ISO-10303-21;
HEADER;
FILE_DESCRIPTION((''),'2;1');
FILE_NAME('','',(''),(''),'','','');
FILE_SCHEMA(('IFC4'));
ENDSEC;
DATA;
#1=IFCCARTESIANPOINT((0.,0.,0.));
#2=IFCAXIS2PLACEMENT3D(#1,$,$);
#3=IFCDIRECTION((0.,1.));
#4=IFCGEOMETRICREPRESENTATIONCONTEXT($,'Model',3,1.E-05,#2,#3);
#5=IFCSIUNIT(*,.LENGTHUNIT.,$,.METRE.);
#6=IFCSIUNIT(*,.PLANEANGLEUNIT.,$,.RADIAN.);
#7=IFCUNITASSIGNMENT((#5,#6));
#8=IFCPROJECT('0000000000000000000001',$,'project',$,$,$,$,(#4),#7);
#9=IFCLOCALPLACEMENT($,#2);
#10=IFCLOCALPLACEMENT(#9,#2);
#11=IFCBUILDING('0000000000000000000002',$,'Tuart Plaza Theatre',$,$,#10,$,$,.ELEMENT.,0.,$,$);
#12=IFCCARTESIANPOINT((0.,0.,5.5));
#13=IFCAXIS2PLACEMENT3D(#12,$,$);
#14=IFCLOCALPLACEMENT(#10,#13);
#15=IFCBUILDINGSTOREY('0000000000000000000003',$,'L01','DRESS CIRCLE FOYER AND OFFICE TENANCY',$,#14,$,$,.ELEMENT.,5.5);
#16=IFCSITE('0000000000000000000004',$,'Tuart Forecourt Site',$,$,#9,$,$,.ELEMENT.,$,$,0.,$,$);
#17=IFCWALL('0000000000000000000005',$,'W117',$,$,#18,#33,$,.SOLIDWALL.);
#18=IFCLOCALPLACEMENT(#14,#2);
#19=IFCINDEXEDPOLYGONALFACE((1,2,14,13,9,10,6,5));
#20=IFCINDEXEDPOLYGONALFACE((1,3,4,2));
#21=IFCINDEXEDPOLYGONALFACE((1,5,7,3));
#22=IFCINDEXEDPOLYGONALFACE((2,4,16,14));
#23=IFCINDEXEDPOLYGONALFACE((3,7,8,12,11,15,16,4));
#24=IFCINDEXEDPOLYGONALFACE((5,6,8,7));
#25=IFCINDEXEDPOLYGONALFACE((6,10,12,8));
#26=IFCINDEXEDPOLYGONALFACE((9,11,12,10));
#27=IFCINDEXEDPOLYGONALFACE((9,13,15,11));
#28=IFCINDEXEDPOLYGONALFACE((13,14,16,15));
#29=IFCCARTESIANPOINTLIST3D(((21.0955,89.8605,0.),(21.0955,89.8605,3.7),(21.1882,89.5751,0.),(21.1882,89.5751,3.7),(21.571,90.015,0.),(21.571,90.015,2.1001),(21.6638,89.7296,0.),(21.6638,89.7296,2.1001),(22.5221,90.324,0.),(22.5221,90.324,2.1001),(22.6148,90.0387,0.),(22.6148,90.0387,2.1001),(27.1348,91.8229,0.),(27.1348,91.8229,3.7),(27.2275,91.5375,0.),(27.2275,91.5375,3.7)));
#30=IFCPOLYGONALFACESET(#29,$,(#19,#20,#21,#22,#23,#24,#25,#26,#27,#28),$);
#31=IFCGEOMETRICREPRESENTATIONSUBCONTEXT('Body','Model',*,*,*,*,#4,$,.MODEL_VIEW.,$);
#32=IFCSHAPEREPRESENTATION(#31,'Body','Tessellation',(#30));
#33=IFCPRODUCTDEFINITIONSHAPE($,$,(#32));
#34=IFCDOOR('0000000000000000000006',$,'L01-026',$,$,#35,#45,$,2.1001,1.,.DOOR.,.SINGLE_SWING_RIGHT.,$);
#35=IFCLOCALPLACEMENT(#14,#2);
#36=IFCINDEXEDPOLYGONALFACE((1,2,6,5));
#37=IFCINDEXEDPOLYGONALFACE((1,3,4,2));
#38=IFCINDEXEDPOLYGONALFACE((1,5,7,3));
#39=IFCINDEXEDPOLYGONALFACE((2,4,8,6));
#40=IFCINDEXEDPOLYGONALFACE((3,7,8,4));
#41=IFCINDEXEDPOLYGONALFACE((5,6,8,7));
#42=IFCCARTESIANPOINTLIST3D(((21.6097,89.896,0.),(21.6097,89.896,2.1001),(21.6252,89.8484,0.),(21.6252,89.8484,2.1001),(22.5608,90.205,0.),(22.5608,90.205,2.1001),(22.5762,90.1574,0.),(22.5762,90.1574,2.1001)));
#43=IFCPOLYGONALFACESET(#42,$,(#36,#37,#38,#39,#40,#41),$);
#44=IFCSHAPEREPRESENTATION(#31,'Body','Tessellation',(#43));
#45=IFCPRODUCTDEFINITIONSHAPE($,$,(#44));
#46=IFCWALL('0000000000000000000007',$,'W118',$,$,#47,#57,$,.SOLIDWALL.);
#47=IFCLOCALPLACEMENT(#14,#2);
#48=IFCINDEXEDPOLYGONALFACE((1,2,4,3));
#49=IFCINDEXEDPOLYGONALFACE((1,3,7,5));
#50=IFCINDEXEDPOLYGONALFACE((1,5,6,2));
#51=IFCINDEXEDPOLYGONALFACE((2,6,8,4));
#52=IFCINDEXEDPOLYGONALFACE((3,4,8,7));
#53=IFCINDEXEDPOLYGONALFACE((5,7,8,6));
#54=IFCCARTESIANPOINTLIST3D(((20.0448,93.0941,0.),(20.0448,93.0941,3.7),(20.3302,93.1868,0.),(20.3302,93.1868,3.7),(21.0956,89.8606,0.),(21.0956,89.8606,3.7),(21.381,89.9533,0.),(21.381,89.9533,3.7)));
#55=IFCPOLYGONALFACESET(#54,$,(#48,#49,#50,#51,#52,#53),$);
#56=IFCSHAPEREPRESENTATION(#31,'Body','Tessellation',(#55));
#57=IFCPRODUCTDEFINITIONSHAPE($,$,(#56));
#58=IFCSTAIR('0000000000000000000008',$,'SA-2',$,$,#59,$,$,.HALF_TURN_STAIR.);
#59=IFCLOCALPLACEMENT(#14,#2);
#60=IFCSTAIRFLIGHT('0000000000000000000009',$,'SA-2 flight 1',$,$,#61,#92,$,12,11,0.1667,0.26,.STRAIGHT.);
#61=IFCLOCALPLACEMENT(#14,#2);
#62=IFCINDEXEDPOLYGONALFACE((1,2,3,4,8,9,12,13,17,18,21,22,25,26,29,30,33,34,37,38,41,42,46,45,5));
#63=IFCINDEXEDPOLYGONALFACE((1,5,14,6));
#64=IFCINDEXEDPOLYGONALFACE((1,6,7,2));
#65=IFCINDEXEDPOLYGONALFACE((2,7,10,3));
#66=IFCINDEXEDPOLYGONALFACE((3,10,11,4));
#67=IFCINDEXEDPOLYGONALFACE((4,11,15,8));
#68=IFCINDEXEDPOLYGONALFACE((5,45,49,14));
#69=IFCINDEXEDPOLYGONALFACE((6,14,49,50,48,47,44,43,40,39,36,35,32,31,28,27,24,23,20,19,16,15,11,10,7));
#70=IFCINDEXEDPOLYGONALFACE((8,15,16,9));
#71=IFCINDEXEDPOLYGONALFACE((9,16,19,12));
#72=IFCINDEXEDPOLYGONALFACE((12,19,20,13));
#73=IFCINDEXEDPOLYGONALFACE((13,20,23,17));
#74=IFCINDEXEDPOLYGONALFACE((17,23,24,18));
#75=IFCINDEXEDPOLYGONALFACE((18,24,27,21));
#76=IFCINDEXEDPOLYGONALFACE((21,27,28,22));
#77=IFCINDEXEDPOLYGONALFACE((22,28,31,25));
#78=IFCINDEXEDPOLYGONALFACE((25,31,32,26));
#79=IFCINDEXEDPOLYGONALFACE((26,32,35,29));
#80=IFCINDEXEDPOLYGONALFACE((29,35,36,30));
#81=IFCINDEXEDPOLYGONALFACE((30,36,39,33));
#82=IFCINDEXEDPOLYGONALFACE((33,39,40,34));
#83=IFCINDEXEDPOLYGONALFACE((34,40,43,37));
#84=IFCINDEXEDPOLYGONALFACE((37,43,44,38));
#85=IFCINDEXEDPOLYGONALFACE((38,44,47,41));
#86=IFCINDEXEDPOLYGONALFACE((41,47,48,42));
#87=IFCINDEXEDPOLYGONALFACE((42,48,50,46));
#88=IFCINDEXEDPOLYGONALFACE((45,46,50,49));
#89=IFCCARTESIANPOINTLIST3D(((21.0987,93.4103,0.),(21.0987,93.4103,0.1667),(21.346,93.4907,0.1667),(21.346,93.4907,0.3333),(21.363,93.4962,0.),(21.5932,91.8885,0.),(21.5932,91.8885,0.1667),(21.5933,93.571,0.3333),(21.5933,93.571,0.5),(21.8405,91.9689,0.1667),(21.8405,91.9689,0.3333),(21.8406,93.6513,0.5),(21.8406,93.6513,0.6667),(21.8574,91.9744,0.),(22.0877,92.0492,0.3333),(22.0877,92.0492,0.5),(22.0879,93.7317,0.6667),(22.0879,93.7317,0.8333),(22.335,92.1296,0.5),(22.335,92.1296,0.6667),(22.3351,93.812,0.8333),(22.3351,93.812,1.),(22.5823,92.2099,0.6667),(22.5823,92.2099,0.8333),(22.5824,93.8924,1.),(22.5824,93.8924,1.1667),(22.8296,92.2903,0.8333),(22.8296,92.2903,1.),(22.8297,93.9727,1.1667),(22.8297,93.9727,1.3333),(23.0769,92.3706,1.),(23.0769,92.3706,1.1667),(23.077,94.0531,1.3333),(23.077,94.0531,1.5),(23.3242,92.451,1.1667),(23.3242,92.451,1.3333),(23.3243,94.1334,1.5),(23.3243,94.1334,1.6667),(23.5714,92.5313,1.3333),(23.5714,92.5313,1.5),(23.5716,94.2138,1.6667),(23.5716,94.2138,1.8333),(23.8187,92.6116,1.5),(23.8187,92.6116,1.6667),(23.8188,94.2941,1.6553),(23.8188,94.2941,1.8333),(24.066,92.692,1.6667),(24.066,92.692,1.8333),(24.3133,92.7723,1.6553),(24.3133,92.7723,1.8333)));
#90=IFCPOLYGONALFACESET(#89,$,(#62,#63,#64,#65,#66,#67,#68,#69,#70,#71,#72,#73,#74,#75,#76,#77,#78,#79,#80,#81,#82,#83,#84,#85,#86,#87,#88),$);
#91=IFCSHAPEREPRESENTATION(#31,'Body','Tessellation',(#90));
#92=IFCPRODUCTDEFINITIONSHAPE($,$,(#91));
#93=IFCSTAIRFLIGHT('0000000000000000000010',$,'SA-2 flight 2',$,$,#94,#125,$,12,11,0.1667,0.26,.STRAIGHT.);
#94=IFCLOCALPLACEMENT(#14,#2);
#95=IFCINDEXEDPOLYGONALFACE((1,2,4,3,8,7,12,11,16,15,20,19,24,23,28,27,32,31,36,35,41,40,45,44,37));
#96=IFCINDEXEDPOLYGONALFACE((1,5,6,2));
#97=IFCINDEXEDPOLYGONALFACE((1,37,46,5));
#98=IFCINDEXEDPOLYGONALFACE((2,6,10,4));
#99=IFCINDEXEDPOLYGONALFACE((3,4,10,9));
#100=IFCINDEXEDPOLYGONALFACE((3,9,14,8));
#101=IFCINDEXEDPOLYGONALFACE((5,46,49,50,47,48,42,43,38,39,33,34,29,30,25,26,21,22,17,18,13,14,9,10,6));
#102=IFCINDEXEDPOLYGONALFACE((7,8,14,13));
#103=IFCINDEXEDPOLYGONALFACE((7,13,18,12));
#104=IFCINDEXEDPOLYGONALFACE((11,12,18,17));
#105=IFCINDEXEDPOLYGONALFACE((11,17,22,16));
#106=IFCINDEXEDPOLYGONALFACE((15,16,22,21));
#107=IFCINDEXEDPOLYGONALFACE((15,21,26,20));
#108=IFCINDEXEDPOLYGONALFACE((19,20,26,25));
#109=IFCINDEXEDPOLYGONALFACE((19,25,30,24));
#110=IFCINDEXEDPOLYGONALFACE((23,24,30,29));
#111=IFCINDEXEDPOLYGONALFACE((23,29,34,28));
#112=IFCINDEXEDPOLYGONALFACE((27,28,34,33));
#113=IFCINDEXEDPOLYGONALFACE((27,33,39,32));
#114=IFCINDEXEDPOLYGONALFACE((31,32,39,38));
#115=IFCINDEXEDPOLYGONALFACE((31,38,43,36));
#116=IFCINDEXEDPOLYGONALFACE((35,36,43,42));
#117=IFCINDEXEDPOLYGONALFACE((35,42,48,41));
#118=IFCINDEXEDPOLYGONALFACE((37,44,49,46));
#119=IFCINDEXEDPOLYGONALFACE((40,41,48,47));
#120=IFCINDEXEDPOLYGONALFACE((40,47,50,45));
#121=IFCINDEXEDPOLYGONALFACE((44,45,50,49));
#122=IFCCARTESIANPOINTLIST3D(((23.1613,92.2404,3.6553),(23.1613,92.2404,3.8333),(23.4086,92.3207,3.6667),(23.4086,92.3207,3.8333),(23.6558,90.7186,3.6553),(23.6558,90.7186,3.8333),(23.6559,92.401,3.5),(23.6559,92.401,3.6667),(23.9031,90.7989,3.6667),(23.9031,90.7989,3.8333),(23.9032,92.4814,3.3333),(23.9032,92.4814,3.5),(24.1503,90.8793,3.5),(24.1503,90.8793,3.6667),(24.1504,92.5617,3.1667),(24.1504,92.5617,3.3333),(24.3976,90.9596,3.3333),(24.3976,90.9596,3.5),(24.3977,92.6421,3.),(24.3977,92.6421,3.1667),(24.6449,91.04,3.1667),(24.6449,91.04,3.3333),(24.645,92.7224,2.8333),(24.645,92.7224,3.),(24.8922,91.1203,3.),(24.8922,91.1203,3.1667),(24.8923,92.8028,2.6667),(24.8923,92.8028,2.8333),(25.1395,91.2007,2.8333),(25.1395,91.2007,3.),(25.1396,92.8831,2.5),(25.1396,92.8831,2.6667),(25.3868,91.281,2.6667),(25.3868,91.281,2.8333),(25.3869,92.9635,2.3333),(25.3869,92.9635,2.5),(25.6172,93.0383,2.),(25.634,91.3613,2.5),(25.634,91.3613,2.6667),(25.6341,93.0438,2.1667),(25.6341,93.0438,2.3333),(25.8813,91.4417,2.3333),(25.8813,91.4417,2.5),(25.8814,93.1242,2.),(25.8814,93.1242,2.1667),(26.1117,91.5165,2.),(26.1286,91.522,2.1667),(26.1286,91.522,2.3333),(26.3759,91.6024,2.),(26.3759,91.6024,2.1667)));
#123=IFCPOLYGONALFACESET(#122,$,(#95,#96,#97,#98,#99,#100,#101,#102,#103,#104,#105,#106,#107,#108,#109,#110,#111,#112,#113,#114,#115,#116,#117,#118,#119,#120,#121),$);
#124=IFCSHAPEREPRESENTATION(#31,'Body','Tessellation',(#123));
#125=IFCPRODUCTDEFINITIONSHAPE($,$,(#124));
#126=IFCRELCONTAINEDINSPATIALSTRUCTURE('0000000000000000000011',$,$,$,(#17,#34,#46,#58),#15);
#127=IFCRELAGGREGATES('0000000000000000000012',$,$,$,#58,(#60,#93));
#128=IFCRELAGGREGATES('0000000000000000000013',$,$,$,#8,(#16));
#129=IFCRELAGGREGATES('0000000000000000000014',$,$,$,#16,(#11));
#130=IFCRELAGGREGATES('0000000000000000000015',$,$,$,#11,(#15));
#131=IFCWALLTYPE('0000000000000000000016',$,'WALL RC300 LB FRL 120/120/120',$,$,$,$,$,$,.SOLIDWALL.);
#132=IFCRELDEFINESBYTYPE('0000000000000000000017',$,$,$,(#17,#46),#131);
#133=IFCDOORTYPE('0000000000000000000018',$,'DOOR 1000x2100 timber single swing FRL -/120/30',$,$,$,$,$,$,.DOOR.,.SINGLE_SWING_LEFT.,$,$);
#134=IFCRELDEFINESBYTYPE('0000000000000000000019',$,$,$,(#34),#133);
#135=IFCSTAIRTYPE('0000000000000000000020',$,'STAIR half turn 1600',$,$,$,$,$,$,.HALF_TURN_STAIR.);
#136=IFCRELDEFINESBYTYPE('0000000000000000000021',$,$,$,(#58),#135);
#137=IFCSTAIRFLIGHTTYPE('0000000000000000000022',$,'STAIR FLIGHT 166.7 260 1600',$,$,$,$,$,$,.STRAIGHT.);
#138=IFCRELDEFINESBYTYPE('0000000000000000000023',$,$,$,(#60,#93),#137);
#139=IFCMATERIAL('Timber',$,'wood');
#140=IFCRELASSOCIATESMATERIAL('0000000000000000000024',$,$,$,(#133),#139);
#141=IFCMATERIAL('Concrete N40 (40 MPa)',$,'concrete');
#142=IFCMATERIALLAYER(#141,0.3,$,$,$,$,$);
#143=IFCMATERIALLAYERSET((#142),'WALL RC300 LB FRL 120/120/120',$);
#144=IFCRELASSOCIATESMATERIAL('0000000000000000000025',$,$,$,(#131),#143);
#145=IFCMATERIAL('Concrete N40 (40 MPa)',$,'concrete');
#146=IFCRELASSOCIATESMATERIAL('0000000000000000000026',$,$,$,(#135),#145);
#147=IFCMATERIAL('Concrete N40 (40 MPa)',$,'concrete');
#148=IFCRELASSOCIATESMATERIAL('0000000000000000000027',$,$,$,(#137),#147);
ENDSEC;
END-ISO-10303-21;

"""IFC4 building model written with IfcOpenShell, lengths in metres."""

from ifc_helpers import new_model, si_unit, direction, frame, frame_2d, origin, place, context, subcontext, project, spatial, polyline, rectangle, outline, extrude, material, layer, layer_set, type_object, element, fill, aggregate, save


model = new_model("IFC4")

# Units and contexts
model_context = context("Model", 3, precision=1e-05, world=origin(), true_north=direction((0.0, 1.0)))
body_context = subcontext(model_context, "Body", "Model", "MODEL_VIEW")
ifc_project = project(units=[si_unit("LENGTHUNIT", "METRE"), si_unit("PLANEANGLEUNIT", "RADIAN")], contexts=[model_context])

# Site, building, storey
site_placement = place(None, origin())
site = spatial("IfcSite", under=ifc_project, at=site_placement, Name="Tuart Forecourt Site", CompositionType="ELEMENT", RefElevation=0.0)
building_placement = place(site_placement, origin())
building = spatial("IfcBuilding", under=site, at=building_placement, Name="Tuart Plaza Theatre", CompositionType="ELEMENT", ElevationOfRefHeight=0.0)
storey_placement = place(building_placement, frame((0.0, 0.0, 5.5)))
storey = spatial("IfcBuildingStorey", under=building, at=storey_placement, Name="L01", Description="DRESS CIRCLE FOYER AND OFFICE TENANCY", CompositionType="ELEMENT", Elevation=5.5)

# Shared definitions
ifc_material_1 = material(Name="Timber", Category="wood")
door_type_1 = type_object("IfcDoorType", Name="DOOR 1000x2100 timber single swing FRL -/120/30", OperationType="SINGLE_SWING_LEFT", PredefinedType="DOOR", material=ifc_material_1)

# Shared definitions
ifc_material_2 = material(Name="Concrete N40 (40 MPa)", Category="concrete")
ifc_layer_1 = layer(ifc_material_2, 0.3)
ifc_layer_set_1 = layer_set([ifc_layer_1], Name="WALL RC300 LB FRL 120/120/120")
wall_type_1 = type_object("IfcWallType", Name="WALL RC300 LB FRL 120/120/120", PredefinedType="SOLIDWALL", material=ifc_layer_set_1)

# Wall, opening, door
wall_1_placement = place(storey_placement, frame((27.1812, 91.6802, 0.0), z_axis=(0.0, 0.0, 1.0), x_axis=(-0.951051, -0.309033, 0.0)))
wall_1 = element("IfcWall", 1, at=wall_1_placement, inside=storey, type_object=wall_type_1, Name="W117", PredefinedType="SOLIDWALL", context=body_context, shape_type="SweptSolid", body=[
    extrude(rectangle(XDim=6.3501, YDim=0.3, at=frame_2d((3.175, 0.0))), origin(), (0.0, 0.0, 1.0), 3.7),
])
opening_1_placement = place(wall_1_placement, frame((4.8501, 0.0, 0.0)))
opening_1 = element("IfcOpeningElement", 2, at=opening_1_placement, cuts=wall_1, PredefinedType="OPENING", context=body_context, shape_type="SweptSolid", body=[
    extrude(rectangle(XDim=1.0, YDim=2.1001, at=frame_2d((0.5, 1.05))), frame((0.0, 0.1599, 0.0), z_axis=(0.0, -1.0, 0.0), x_axis=(1.0, 0.0, 0.0)), (0.0, 0.0, 1.0), 0.3201),
])
door_1_placement = place(opening_1_placement, frame((1.0, 0.0, 0.0), z_axis=(0.0, 0.0, 1.0), x_axis=(-1.0, 0.0, 0.0)))
door_1 = element("IfcDoor", 3, at=door_1_placement, inside=storey, type_object=door_type_1, Name="L01-026", OperationType="SINGLE_SWING_RIGHT", OverallHeight=2.1001, OverallWidth=1.0, PredefinedType="DOOR", context=body_context, shape_type="SweptSolid", body=[
    extrude(rectangle(XDim=1.0, YDim=2.1001, at=frame_2d((0.5, 1.05))), frame((0.0, 0.0249, 0.0), z_axis=(0.0, -1.0, 0.0), x_axis=(1.0, 0.0, 0.0)), (0.0, 0.0, 1.0), 0.05),
])
fill(opening_1, door_1)

# Wall
wall_2_placement = place(storey_placement, frame((21.2383, 89.907, 0.0), z_axis=(0.0, 0.0, 1.0), x_axis=(-0.309067, 0.95104, 0.0)))
element("IfcWall", 4, at=wall_2_placement, inside=storey, type_object=wall_type_1, Name="W118", PredefinedType="SOLIDWALL", context=body_context, shape_type="SweptSolid", body=[
    extrude(rectangle(XDim=3.3999, YDim=0.3, at=frame_2d((1.7, 0.0))), origin(), (0.0, 0.0, 1.0), 3.7),
])

# Stair, stair flights
ifc_material_3 = material(Name="Concrete N40 (40 MPa)", Category="concrete")
stair_type = type_object("IfcStairType", Name="STAIR half turn 1600", PredefinedType="HALF_TURN_STAIR", material=ifc_material_3)
stair_placement = place(storey_placement, origin())
stair = element("IfcStair", 5, at=stair_placement, inside=storey, type_object=stair_type, Name="SA-2", PredefinedType="HALF_TURN_STAIR")
ifc_material_4 = material(Name="Concrete N40 (40 MPa)", Category="concrete")
stair_flight_type = type_object("IfcStairFlightType", Name="STAIR FLIGHT 166.7 260 1600", PredefinedType="STRAIGHT", material=ifc_material_4)
stair_flight_1_placement = place(storey_placement, frame((21.3459, 92.6494, 0.0), z_axis=(0.0, 0.0, 1.0), x_axis=(0.951057, 0.309017, 0.0)))
stair_flight_1 = element("IfcStairFlight", 6, at=stair_flight_1_placement, type_object=stair_flight_type, Name="SA-2 flight 1", NumberOfRisers=12, NumberOfTreads=11, PredefinedType="STRAIGHT", RiserHeight=0.1667, TreadLength=0.26, context=body_context, shape_type="SweptSolid", body=[
    extrude(outline(polyline([(0.0, 0.0), (0.0, 0.1667), (0.26, 0.1667), (0.26, 0.3333), (0.52, 0.3333), (0.52, 0.5), (0.78, 0.5), (0.78, 0.6667), (1.04, 0.6667), (1.04, 0.8333), (1.3, 0.8333), (1.3, 1.0), (1.5601, 1.0), (1.5601, 1.1667), (1.8201, 1.1667), (1.8201, 1.3333), (2.0801, 1.3333), (2.0801, 1.5), (2.3401, 1.5), (2.3401, 1.6667), (2.6001, 1.6667), (2.6001, 1.8333), (2.8601, 1.8333), (2.8601, 2.0), (2.8601, 1.6553), (0.2778, 0.0), (0.0, 0.0)])), frame((0.0, 0.8, 0.0), z_axis=(0.0, -1.0, 0.0), x_axis=(1.0, 0.0, 0.0)), (0.0, 0.0, 1.0), 1.6001),
])
stair_flight_2_placement = place(storey_placement, frame((26.1287, 92.3633, 2.0), z_axis=(0.0, 0.0, 1.0), x_axis=(-0.951057, -0.309017, 0.0)))
stair_flight_2 = element("IfcStairFlight", 7, at=stair_flight_2_placement, type_object=stair_flight_type, Name="SA-2 flight 2", NumberOfRisers=12, NumberOfTreads=11, PredefinedType="STRAIGHT", RiserHeight=0.1667, TreadLength=0.26, context=body_context, shape_type="SweptSolid", body=[
    extrude(outline(polyline([(0.0, 0.0), (0.0, 0.1667), (0.26, 0.1667), (0.26, 0.3333), (0.52, 0.3333), (0.52, 0.5), (0.78, 0.5), (0.78, 0.6667), (1.04, 0.6667), (1.04, 0.8333), (1.3, 0.8333), (1.3, 1.0), (1.5601, 1.0), (1.5601, 1.1667), (1.8201, 1.1667), (1.8201, 1.3333), (2.0801, 1.3333), (2.0801, 1.5), (2.3401, 1.5), (2.3401, 1.6667), (2.6001, 1.6667), (2.6001, 1.8333), (2.8601, 1.8333), (2.8601, 2.0), (2.8601, 1.6553), (0.2778, 0.0), (0.0, 0.0)])), frame((0.0, 0.8, 0.0), z_axis=(0.0, -1.0, 0.0), x_axis=(1.0, 0.0, 0.0)), (0.0, 0.0, 1.0), 1.6001),
])
aggregate(stair, [stair_flight_1, stair_flight_2])

save(model, "model.ifc")
